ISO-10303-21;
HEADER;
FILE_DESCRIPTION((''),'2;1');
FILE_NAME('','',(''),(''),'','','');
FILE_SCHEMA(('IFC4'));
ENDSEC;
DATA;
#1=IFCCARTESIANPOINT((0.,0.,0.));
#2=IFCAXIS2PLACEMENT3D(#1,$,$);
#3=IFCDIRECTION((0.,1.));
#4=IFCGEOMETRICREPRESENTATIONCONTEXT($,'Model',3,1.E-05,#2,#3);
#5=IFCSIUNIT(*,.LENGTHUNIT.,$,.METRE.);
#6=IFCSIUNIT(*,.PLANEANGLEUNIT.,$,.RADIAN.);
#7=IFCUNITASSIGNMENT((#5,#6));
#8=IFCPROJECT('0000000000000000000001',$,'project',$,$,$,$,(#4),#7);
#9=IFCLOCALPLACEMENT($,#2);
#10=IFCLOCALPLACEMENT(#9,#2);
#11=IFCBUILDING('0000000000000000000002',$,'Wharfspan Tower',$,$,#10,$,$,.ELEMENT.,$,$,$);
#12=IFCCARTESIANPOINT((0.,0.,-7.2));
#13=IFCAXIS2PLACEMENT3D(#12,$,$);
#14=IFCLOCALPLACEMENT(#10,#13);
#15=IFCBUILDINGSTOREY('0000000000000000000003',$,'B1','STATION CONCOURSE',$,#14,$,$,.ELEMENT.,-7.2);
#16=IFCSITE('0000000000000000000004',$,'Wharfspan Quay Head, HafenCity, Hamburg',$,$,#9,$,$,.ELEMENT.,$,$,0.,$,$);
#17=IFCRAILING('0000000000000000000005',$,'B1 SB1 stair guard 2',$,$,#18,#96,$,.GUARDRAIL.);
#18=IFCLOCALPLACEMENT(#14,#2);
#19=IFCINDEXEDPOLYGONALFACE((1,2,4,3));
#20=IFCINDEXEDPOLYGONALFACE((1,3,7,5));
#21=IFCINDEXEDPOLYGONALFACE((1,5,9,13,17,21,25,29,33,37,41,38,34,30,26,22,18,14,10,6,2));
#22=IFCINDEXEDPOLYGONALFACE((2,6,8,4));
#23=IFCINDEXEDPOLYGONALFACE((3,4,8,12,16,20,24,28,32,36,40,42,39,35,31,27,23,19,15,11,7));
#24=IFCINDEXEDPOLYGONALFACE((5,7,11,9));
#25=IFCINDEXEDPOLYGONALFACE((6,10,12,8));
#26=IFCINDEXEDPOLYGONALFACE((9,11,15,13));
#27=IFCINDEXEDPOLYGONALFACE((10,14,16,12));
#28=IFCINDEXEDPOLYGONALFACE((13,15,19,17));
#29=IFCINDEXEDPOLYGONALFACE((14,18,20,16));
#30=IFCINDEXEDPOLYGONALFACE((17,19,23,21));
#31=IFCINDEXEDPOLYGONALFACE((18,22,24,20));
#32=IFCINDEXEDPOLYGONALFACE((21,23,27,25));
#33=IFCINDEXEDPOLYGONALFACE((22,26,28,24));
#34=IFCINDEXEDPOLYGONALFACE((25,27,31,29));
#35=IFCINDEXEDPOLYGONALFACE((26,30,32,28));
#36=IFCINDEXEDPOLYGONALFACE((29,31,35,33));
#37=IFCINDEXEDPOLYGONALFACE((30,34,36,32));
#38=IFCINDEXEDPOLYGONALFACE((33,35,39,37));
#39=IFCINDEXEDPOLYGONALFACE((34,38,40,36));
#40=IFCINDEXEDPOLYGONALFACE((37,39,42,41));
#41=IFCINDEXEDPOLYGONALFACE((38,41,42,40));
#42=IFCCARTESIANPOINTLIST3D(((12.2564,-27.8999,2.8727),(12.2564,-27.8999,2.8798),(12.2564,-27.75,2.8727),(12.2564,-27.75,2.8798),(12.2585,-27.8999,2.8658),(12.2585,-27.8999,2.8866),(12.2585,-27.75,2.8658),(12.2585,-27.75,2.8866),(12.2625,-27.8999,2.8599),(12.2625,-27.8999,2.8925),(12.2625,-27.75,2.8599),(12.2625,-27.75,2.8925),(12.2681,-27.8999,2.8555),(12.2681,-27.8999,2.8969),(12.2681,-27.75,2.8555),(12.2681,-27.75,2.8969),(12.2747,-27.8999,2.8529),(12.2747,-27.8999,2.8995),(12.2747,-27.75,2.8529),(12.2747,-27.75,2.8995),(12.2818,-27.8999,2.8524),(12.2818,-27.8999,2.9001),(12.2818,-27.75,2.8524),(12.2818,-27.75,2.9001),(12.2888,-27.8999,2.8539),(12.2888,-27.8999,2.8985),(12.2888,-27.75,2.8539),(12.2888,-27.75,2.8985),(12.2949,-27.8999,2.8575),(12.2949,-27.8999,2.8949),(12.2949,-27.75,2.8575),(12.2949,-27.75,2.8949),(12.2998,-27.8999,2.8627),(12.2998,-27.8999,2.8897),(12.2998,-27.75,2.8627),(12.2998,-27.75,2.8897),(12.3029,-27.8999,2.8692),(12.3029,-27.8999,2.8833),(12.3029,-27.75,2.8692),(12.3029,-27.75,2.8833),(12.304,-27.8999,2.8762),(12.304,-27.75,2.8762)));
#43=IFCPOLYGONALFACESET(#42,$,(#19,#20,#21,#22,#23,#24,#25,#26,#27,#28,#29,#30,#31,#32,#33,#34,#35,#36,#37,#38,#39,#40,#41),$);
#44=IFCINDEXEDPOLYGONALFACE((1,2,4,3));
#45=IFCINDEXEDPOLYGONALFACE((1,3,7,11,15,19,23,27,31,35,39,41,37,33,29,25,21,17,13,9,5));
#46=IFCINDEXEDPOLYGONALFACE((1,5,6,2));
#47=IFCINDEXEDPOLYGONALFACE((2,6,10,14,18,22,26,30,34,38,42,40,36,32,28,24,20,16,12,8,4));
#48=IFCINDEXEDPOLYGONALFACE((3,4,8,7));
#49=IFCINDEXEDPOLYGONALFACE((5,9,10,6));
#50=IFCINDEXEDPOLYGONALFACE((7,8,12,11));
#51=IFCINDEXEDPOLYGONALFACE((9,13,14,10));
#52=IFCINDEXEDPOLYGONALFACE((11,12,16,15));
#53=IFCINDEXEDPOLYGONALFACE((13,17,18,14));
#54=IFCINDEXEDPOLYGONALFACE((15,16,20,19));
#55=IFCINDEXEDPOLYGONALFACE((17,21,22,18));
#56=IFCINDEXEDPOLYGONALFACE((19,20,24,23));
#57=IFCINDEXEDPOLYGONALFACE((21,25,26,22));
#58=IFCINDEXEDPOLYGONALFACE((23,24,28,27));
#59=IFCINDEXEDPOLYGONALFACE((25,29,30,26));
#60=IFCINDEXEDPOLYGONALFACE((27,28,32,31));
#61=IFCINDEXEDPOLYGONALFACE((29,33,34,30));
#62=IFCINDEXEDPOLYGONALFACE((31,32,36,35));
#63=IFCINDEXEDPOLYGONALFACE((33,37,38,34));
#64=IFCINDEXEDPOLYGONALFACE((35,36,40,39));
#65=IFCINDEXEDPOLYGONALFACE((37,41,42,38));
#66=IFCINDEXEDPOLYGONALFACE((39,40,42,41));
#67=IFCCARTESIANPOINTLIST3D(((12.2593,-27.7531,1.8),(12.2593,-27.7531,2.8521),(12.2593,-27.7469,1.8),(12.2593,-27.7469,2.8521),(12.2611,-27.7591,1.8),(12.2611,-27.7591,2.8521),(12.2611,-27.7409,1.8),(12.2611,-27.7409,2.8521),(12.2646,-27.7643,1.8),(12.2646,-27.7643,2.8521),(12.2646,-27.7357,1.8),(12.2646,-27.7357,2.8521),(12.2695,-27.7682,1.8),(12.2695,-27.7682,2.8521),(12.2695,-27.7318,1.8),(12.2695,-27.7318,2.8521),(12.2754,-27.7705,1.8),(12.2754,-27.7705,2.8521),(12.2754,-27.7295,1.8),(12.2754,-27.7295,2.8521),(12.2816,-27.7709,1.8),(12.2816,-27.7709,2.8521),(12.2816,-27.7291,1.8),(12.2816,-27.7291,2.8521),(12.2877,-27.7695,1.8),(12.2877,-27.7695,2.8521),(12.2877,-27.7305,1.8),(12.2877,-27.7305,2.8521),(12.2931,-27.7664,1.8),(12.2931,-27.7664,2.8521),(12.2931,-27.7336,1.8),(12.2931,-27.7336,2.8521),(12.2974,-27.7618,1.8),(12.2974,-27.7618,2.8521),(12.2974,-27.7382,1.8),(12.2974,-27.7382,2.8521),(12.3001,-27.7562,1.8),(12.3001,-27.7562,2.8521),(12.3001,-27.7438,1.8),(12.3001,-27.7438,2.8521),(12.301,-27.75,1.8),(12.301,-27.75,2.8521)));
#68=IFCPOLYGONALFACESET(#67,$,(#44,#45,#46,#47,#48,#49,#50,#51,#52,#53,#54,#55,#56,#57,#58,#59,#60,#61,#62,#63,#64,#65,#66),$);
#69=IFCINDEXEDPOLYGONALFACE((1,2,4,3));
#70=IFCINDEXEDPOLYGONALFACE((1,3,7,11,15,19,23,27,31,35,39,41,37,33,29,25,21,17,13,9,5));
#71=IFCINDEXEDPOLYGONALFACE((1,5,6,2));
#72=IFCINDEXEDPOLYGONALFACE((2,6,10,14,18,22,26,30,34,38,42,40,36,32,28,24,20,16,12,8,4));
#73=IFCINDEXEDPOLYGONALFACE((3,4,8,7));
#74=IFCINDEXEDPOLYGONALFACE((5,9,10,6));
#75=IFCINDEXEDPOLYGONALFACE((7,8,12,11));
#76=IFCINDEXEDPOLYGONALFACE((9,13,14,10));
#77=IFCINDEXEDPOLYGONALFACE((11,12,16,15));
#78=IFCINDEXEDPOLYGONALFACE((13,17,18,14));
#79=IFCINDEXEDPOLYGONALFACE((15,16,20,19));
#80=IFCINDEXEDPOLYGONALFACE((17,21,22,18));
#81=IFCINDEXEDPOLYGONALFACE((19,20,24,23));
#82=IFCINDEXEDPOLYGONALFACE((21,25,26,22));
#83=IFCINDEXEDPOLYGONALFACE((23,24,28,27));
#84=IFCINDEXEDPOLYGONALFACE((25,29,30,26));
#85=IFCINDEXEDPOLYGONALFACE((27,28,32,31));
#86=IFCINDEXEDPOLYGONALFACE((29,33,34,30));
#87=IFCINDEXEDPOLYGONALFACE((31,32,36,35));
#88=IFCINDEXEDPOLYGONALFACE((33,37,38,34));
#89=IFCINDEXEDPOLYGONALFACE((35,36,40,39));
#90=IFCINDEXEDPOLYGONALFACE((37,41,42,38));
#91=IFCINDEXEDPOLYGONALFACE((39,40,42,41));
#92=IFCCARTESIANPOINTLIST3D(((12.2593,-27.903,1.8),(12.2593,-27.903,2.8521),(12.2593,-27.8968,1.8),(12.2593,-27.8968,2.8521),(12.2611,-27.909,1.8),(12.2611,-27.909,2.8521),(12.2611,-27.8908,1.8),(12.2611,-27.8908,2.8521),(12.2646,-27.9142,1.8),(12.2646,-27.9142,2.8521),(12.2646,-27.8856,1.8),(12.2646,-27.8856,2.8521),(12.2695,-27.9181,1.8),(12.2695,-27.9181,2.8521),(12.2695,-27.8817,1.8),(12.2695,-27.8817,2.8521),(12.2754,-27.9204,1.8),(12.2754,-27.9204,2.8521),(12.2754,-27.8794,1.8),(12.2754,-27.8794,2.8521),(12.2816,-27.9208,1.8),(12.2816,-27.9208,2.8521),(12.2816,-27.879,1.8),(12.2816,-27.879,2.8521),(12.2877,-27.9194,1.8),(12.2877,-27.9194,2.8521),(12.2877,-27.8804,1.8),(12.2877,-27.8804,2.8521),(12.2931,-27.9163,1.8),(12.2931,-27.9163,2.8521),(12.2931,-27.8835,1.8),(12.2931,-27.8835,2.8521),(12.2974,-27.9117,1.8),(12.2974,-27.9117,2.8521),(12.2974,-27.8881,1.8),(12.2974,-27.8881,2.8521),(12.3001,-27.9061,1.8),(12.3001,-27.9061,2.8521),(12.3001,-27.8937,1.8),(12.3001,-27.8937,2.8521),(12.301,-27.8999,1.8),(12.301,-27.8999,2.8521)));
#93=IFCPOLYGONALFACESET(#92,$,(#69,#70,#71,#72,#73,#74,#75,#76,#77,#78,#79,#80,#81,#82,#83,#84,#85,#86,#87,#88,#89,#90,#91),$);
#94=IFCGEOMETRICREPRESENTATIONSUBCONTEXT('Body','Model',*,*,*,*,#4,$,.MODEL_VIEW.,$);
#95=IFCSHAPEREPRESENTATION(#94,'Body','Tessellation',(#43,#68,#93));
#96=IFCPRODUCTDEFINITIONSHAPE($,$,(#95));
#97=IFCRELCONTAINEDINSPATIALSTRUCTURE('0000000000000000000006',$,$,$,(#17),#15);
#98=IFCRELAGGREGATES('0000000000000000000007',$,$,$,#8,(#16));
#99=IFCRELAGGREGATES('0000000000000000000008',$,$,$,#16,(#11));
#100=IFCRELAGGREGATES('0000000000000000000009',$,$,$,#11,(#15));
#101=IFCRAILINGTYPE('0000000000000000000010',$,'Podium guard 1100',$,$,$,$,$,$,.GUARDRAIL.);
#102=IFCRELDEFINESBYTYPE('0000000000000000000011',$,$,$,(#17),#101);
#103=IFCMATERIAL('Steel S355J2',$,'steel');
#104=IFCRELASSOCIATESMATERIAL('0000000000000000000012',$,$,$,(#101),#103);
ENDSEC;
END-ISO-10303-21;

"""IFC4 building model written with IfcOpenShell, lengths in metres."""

from ifc_helpers import new_model, si_unit, direction, frame, origin, origin_2d, place, context, subcontext, project, spatial, circle, extrude, material, type_object, element, save


model = new_model("IFC4")

# Units and contexts
model_context = context("Model", 3, precision=1e-05, world=origin(), true_north=direction((0.0, 1.0)))
body_context = subcontext(model_context, "Body", "Model", "MODEL_VIEW")
ifc_project = project(units=[si_unit("LENGTHUNIT", "METRE"), si_unit("PLANEANGLEUNIT", "RADIAN")], contexts=[model_context])

# Site, building, storey
site_placement = place(None, origin())
site = spatial("IfcSite", under=ifc_project, at=site_placement, Name="Wharfspan Quay Head, HafenCity, Hamburg", CompositionType="ELEMENT", RefElevation=0.0)
building_placement = place(site_placement, origin())
building = spatial("IfcBuilding", under=site, at=building_placement, Name="Wharfspan Tower", CompositionType="ELEMENT")
storey_placement = place(building_placement, frame((0.0, 0.0, -7.2)))
storey = spatial("IfcBuildingStorey", under=building, at=storey_placement, Name="B1", Description="STATION CONCOURSE", CompositionType="ELEMENT", Elevation=-7.2)

# Railing
ifc_material_1 = material(Name="Steel S355J2", Category="steel")
railing_type_1 = type_object("IfcRailingType", Name="Podium guard 1100", PredefinedType="GUARDRAIL", material=ifc_material_1)
railing_1_placement = place(storey_placement, frame((12.28, -27.75, 1.8)))
element("IfcRailing", 1, at=railing_1_placement, inside=storey, type_object=railing_type_1, Name="B1 SB1 stair guard 2", PredefinedType="GUARDRAIL", context=body_context, shape_type="SweptSolid", body=[
    extrude(circle(Radius=0.0239, at=origin_2d()), frame((0.0, 0.0, 1.0762), z_axis=(0.0, -1.0, 0.0), x_axis=(1.0, 0.0, 0.0)), (0.0, 0.0, 1.0), 0.1499),
    extrude(circle(Radius=0.021, at=origin_2d()), origin(), (0.0, 0.0, 1.0), 1.052),
    extrude(circle(Radius=0.021, at=origin_2d()), frame((0.0, -0.1499, 0.0)), (0.0, 0.0, 1.0), 1.052),
])

save(model, "model.ifc")
